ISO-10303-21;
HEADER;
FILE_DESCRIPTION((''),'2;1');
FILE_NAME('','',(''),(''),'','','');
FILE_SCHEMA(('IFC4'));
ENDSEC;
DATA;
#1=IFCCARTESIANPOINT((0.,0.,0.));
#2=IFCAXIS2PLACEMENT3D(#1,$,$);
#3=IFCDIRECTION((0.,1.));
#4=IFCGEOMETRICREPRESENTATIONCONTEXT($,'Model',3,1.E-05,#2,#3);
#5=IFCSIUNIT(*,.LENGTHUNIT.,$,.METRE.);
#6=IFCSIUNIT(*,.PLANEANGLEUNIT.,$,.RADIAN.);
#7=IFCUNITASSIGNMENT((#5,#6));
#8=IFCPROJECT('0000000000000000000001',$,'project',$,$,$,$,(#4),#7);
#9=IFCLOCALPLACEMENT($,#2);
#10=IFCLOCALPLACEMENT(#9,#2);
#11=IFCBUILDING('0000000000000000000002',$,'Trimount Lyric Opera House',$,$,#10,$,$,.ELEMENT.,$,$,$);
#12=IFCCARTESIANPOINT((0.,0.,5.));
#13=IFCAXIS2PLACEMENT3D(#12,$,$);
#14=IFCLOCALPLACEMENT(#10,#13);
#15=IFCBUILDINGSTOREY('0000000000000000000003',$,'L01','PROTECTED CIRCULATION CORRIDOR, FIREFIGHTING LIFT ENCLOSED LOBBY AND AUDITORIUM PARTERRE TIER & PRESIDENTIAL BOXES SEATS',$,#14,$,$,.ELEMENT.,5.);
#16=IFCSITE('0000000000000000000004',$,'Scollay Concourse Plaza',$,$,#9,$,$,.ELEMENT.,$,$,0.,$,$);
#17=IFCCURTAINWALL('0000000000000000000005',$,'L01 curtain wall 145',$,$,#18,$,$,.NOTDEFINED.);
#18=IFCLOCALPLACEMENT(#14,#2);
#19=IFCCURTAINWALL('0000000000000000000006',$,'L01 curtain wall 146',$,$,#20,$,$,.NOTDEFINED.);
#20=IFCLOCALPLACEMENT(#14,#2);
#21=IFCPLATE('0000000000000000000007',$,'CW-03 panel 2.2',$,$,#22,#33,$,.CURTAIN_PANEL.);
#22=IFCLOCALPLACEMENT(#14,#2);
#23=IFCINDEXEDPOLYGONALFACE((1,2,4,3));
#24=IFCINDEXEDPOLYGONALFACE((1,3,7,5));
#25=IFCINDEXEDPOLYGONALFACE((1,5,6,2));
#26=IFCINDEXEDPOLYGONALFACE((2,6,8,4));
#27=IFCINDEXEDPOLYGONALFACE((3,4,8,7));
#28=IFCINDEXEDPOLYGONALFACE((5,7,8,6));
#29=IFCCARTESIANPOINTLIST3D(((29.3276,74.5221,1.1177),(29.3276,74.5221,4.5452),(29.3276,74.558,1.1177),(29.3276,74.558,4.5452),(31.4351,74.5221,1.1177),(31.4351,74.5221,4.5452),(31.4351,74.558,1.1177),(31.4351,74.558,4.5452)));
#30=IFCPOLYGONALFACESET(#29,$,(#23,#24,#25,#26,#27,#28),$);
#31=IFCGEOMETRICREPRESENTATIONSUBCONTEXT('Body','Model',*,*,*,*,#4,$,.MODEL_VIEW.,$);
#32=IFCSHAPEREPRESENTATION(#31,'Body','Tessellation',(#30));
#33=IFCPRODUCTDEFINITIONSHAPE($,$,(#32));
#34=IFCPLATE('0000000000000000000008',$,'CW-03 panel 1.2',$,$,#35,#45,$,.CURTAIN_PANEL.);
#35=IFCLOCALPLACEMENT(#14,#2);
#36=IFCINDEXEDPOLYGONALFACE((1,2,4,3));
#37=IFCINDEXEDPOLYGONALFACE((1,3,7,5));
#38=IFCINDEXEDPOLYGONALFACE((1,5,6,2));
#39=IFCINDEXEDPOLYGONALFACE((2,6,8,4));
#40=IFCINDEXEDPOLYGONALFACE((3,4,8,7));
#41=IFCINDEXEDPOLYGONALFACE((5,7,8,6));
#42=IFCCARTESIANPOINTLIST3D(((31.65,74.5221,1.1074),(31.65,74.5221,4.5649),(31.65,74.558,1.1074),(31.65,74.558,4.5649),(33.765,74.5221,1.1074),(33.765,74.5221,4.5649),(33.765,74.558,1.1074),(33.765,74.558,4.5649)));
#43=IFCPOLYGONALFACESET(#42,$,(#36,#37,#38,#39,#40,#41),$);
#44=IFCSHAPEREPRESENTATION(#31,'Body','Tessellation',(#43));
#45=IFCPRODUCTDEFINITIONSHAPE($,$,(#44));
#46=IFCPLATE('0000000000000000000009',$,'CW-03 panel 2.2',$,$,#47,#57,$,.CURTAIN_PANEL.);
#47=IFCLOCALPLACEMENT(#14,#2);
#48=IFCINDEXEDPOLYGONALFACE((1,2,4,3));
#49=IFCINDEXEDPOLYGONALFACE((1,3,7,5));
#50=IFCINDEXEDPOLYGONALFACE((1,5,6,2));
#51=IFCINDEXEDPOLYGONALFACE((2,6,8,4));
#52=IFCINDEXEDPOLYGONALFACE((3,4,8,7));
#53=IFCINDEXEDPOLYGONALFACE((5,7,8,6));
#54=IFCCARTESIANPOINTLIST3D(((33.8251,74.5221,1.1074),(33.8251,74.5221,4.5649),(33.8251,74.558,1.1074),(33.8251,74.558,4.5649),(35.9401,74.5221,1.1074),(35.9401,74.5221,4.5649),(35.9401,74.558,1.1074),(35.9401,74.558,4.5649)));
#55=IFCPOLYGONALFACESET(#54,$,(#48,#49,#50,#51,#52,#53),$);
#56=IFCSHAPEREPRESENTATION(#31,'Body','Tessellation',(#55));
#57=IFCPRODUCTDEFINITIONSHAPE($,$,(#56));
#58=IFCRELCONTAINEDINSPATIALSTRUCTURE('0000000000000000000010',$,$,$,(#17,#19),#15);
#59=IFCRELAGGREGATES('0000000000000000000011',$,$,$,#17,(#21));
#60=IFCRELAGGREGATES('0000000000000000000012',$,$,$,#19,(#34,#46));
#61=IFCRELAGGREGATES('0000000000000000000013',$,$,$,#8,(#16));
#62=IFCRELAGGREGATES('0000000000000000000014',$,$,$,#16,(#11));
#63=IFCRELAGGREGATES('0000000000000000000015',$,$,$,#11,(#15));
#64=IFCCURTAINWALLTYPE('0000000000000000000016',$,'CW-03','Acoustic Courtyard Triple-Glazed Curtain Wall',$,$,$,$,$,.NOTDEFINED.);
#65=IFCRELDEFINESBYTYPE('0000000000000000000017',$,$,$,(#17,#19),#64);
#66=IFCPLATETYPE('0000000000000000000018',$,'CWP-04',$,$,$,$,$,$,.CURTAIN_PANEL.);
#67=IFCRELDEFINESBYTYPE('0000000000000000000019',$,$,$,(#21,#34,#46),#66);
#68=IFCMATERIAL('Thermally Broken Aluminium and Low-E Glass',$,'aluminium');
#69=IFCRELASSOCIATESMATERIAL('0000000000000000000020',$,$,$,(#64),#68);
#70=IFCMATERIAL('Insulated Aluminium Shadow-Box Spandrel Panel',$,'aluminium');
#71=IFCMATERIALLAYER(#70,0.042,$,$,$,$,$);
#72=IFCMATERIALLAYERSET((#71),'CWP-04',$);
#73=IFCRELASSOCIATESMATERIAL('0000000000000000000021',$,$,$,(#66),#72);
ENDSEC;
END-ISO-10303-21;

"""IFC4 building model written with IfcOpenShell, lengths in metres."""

from ifc_helpers import new_model, si_unit, direction, frame, origin, origin_2d, place, context, subcontext, project, spatial, rectangle, extrude, material, layer, layer_set, type_object, element, aggregate, save


model = new_model("IFC4")

# Units and contexts
model_context = context("Model", 3, precision=1e-05, world=origin(), true_north=direction((0.0, 1.0)))
body_context = subcontext(model_context, "Body", "Model", "MODEL_VIEW")
ifc_project = project(units=[si_unit("LENGTHUNIT", "METRE"), si_unit("PLANEANGLEUNIT", "RADIAN")], contexts=[model_context])

# Site, building, storey
site_placement = place(None, origin())
site = spatial("IfcSite", under=ifc_project, at=site_placement, Name="Scollay Concourse Plaza", CompositionType="ELEMENT", RefElevation=0.0)
building_placement = place(site_placement, origin())
building = spatial("IfcBuilding", under=site, at=building_placement, Name="Trimount Lyric Opera House", CompositionType="ELEMENT")
storey_placement = place(building_placement, frame((0.0, 0.0, 5.0)))
storey = spatial("IfcBuildingStorey", under=building, at=storey_placement, Name="L01", Description="PROTECTED CIRCULATION CORRIDOR, FIREFIGHTING LIFT ENCLOSED LOBBY AND AUDITORIUM PARTERRE TIER & PRESIDENTIAL BOXES SEATS", CompositionType="ELEMENT", Elevation=5.0)

# Shared definitions
ifc_material_1 = material(Name="Thermally Broken Aluminium and Low-E Glass", Category="aluminium")
curtain_wall_type = type_object("IfcCurtainWallType", Name="CW-03", Description="Acoustic Courtyard Triple-Glazed Curtain Wall", PredefinedType="NOTDEFINED", material=ifc_material_1)

# Curtain walls
curtain_wall_1_placement = place(storey_placement, origin())
curtain_wall_1 = element("IfcCurtainWall", 1, at=curtain_wall_1_placement, inside=storey, type_object=curtain_wall_type, Name="L01 curtain wall 145", PredefinedType="NOTDEFINED")
curtain_wall_2_placement = place(storey_placement, origin())
curtain_wall_2 = element("IfcCurtainWall", 2, at=curtain_wall_2_placement, inside=storey, type_object=curtain_wall_type, Name="L01 curtain wall 146", PredefinedType="NOTDEFINED")

# Plates
ifc_material_2 = material(Name="Insulated Aluminium Shadow-Box Spandrel Panel", Category="aluminium")
ifc_layer_1 = layer(ifc_material_2, 0.042)
ifc_layer_set_1 = layer_set([ifc_layer_1], Name="CWP-04")
plate_type_1 = type_object("IfcPlateType", Name="CWP-04", PredefinedType="CURTAIN_PANEL", material=ifc_layer_set_1)
plate_1_placement = place(storey_placement, frame((30.3813, 74.54, 1.1177), z_axis=(0.0, 0.0, 1.0), x_axis=(1.0, 0.0, 0.0)))
plate_1 = element("IfcPlate", 3, at=plate_1_placement, type_object=plate_type_1, Name="CW-03 panel 2.2", PredefinedType="CURTAIN_PANEL", context=body_context, shape_type="SweptSolid", body=[
    extrude(rectangle(XDim=2.1074, YDim=0.0359, at=origin_2d()), origin(), (0.0, 0.0, 1.0), 3.4275),
])
aggregate(curtain_wall_1, [plate_1])
plate_2_placement = place(storey_placement, frame((32.7075, 74.54, 1.1074), z_axis=(0.0, 0.0, 1.0), x_axis=(1.0, 0.0, 0.0)))
plate_2 = element("IfcPlate", 4, at=plate_2_placement, type_object=plate_type_1, Name="CW-03 panel 1.2", PredefinedType="CURTAIN_PANEL", context=body_context, shape_type="SweptSolid", body=[
    extrude(rectangle(XDim=2.115, YDim=0.0359, at=origin_2d()), origin(), (0.0, 0.0, 1.0), 3.4575),
])
plate_3_placement = place(storey_placement, frame((34.8826, 74.54, 1.1074), z_axis=(0.0, 0.0, 1.0), x_axis=(1.0, 0.0, 0.0)))
plate_3 = element("IfcPlate", 5, at=plate_3_placement, type_object=plate_type_1, Name="CW-03 panel 2.2", PredefinedType="CURTAIN_PANEL", context=body_context, shape_type="SweptSolid", body=[
    extrude(rectangle(XDim=2.115, YDim=0.0359, at=origin_2d()), origin(), (0.0, 0.0, 1.0), 3.4575),
])
aggregate(curtain_wall_2, [plate_2, plate_3])

save(model, "model.ifc")
